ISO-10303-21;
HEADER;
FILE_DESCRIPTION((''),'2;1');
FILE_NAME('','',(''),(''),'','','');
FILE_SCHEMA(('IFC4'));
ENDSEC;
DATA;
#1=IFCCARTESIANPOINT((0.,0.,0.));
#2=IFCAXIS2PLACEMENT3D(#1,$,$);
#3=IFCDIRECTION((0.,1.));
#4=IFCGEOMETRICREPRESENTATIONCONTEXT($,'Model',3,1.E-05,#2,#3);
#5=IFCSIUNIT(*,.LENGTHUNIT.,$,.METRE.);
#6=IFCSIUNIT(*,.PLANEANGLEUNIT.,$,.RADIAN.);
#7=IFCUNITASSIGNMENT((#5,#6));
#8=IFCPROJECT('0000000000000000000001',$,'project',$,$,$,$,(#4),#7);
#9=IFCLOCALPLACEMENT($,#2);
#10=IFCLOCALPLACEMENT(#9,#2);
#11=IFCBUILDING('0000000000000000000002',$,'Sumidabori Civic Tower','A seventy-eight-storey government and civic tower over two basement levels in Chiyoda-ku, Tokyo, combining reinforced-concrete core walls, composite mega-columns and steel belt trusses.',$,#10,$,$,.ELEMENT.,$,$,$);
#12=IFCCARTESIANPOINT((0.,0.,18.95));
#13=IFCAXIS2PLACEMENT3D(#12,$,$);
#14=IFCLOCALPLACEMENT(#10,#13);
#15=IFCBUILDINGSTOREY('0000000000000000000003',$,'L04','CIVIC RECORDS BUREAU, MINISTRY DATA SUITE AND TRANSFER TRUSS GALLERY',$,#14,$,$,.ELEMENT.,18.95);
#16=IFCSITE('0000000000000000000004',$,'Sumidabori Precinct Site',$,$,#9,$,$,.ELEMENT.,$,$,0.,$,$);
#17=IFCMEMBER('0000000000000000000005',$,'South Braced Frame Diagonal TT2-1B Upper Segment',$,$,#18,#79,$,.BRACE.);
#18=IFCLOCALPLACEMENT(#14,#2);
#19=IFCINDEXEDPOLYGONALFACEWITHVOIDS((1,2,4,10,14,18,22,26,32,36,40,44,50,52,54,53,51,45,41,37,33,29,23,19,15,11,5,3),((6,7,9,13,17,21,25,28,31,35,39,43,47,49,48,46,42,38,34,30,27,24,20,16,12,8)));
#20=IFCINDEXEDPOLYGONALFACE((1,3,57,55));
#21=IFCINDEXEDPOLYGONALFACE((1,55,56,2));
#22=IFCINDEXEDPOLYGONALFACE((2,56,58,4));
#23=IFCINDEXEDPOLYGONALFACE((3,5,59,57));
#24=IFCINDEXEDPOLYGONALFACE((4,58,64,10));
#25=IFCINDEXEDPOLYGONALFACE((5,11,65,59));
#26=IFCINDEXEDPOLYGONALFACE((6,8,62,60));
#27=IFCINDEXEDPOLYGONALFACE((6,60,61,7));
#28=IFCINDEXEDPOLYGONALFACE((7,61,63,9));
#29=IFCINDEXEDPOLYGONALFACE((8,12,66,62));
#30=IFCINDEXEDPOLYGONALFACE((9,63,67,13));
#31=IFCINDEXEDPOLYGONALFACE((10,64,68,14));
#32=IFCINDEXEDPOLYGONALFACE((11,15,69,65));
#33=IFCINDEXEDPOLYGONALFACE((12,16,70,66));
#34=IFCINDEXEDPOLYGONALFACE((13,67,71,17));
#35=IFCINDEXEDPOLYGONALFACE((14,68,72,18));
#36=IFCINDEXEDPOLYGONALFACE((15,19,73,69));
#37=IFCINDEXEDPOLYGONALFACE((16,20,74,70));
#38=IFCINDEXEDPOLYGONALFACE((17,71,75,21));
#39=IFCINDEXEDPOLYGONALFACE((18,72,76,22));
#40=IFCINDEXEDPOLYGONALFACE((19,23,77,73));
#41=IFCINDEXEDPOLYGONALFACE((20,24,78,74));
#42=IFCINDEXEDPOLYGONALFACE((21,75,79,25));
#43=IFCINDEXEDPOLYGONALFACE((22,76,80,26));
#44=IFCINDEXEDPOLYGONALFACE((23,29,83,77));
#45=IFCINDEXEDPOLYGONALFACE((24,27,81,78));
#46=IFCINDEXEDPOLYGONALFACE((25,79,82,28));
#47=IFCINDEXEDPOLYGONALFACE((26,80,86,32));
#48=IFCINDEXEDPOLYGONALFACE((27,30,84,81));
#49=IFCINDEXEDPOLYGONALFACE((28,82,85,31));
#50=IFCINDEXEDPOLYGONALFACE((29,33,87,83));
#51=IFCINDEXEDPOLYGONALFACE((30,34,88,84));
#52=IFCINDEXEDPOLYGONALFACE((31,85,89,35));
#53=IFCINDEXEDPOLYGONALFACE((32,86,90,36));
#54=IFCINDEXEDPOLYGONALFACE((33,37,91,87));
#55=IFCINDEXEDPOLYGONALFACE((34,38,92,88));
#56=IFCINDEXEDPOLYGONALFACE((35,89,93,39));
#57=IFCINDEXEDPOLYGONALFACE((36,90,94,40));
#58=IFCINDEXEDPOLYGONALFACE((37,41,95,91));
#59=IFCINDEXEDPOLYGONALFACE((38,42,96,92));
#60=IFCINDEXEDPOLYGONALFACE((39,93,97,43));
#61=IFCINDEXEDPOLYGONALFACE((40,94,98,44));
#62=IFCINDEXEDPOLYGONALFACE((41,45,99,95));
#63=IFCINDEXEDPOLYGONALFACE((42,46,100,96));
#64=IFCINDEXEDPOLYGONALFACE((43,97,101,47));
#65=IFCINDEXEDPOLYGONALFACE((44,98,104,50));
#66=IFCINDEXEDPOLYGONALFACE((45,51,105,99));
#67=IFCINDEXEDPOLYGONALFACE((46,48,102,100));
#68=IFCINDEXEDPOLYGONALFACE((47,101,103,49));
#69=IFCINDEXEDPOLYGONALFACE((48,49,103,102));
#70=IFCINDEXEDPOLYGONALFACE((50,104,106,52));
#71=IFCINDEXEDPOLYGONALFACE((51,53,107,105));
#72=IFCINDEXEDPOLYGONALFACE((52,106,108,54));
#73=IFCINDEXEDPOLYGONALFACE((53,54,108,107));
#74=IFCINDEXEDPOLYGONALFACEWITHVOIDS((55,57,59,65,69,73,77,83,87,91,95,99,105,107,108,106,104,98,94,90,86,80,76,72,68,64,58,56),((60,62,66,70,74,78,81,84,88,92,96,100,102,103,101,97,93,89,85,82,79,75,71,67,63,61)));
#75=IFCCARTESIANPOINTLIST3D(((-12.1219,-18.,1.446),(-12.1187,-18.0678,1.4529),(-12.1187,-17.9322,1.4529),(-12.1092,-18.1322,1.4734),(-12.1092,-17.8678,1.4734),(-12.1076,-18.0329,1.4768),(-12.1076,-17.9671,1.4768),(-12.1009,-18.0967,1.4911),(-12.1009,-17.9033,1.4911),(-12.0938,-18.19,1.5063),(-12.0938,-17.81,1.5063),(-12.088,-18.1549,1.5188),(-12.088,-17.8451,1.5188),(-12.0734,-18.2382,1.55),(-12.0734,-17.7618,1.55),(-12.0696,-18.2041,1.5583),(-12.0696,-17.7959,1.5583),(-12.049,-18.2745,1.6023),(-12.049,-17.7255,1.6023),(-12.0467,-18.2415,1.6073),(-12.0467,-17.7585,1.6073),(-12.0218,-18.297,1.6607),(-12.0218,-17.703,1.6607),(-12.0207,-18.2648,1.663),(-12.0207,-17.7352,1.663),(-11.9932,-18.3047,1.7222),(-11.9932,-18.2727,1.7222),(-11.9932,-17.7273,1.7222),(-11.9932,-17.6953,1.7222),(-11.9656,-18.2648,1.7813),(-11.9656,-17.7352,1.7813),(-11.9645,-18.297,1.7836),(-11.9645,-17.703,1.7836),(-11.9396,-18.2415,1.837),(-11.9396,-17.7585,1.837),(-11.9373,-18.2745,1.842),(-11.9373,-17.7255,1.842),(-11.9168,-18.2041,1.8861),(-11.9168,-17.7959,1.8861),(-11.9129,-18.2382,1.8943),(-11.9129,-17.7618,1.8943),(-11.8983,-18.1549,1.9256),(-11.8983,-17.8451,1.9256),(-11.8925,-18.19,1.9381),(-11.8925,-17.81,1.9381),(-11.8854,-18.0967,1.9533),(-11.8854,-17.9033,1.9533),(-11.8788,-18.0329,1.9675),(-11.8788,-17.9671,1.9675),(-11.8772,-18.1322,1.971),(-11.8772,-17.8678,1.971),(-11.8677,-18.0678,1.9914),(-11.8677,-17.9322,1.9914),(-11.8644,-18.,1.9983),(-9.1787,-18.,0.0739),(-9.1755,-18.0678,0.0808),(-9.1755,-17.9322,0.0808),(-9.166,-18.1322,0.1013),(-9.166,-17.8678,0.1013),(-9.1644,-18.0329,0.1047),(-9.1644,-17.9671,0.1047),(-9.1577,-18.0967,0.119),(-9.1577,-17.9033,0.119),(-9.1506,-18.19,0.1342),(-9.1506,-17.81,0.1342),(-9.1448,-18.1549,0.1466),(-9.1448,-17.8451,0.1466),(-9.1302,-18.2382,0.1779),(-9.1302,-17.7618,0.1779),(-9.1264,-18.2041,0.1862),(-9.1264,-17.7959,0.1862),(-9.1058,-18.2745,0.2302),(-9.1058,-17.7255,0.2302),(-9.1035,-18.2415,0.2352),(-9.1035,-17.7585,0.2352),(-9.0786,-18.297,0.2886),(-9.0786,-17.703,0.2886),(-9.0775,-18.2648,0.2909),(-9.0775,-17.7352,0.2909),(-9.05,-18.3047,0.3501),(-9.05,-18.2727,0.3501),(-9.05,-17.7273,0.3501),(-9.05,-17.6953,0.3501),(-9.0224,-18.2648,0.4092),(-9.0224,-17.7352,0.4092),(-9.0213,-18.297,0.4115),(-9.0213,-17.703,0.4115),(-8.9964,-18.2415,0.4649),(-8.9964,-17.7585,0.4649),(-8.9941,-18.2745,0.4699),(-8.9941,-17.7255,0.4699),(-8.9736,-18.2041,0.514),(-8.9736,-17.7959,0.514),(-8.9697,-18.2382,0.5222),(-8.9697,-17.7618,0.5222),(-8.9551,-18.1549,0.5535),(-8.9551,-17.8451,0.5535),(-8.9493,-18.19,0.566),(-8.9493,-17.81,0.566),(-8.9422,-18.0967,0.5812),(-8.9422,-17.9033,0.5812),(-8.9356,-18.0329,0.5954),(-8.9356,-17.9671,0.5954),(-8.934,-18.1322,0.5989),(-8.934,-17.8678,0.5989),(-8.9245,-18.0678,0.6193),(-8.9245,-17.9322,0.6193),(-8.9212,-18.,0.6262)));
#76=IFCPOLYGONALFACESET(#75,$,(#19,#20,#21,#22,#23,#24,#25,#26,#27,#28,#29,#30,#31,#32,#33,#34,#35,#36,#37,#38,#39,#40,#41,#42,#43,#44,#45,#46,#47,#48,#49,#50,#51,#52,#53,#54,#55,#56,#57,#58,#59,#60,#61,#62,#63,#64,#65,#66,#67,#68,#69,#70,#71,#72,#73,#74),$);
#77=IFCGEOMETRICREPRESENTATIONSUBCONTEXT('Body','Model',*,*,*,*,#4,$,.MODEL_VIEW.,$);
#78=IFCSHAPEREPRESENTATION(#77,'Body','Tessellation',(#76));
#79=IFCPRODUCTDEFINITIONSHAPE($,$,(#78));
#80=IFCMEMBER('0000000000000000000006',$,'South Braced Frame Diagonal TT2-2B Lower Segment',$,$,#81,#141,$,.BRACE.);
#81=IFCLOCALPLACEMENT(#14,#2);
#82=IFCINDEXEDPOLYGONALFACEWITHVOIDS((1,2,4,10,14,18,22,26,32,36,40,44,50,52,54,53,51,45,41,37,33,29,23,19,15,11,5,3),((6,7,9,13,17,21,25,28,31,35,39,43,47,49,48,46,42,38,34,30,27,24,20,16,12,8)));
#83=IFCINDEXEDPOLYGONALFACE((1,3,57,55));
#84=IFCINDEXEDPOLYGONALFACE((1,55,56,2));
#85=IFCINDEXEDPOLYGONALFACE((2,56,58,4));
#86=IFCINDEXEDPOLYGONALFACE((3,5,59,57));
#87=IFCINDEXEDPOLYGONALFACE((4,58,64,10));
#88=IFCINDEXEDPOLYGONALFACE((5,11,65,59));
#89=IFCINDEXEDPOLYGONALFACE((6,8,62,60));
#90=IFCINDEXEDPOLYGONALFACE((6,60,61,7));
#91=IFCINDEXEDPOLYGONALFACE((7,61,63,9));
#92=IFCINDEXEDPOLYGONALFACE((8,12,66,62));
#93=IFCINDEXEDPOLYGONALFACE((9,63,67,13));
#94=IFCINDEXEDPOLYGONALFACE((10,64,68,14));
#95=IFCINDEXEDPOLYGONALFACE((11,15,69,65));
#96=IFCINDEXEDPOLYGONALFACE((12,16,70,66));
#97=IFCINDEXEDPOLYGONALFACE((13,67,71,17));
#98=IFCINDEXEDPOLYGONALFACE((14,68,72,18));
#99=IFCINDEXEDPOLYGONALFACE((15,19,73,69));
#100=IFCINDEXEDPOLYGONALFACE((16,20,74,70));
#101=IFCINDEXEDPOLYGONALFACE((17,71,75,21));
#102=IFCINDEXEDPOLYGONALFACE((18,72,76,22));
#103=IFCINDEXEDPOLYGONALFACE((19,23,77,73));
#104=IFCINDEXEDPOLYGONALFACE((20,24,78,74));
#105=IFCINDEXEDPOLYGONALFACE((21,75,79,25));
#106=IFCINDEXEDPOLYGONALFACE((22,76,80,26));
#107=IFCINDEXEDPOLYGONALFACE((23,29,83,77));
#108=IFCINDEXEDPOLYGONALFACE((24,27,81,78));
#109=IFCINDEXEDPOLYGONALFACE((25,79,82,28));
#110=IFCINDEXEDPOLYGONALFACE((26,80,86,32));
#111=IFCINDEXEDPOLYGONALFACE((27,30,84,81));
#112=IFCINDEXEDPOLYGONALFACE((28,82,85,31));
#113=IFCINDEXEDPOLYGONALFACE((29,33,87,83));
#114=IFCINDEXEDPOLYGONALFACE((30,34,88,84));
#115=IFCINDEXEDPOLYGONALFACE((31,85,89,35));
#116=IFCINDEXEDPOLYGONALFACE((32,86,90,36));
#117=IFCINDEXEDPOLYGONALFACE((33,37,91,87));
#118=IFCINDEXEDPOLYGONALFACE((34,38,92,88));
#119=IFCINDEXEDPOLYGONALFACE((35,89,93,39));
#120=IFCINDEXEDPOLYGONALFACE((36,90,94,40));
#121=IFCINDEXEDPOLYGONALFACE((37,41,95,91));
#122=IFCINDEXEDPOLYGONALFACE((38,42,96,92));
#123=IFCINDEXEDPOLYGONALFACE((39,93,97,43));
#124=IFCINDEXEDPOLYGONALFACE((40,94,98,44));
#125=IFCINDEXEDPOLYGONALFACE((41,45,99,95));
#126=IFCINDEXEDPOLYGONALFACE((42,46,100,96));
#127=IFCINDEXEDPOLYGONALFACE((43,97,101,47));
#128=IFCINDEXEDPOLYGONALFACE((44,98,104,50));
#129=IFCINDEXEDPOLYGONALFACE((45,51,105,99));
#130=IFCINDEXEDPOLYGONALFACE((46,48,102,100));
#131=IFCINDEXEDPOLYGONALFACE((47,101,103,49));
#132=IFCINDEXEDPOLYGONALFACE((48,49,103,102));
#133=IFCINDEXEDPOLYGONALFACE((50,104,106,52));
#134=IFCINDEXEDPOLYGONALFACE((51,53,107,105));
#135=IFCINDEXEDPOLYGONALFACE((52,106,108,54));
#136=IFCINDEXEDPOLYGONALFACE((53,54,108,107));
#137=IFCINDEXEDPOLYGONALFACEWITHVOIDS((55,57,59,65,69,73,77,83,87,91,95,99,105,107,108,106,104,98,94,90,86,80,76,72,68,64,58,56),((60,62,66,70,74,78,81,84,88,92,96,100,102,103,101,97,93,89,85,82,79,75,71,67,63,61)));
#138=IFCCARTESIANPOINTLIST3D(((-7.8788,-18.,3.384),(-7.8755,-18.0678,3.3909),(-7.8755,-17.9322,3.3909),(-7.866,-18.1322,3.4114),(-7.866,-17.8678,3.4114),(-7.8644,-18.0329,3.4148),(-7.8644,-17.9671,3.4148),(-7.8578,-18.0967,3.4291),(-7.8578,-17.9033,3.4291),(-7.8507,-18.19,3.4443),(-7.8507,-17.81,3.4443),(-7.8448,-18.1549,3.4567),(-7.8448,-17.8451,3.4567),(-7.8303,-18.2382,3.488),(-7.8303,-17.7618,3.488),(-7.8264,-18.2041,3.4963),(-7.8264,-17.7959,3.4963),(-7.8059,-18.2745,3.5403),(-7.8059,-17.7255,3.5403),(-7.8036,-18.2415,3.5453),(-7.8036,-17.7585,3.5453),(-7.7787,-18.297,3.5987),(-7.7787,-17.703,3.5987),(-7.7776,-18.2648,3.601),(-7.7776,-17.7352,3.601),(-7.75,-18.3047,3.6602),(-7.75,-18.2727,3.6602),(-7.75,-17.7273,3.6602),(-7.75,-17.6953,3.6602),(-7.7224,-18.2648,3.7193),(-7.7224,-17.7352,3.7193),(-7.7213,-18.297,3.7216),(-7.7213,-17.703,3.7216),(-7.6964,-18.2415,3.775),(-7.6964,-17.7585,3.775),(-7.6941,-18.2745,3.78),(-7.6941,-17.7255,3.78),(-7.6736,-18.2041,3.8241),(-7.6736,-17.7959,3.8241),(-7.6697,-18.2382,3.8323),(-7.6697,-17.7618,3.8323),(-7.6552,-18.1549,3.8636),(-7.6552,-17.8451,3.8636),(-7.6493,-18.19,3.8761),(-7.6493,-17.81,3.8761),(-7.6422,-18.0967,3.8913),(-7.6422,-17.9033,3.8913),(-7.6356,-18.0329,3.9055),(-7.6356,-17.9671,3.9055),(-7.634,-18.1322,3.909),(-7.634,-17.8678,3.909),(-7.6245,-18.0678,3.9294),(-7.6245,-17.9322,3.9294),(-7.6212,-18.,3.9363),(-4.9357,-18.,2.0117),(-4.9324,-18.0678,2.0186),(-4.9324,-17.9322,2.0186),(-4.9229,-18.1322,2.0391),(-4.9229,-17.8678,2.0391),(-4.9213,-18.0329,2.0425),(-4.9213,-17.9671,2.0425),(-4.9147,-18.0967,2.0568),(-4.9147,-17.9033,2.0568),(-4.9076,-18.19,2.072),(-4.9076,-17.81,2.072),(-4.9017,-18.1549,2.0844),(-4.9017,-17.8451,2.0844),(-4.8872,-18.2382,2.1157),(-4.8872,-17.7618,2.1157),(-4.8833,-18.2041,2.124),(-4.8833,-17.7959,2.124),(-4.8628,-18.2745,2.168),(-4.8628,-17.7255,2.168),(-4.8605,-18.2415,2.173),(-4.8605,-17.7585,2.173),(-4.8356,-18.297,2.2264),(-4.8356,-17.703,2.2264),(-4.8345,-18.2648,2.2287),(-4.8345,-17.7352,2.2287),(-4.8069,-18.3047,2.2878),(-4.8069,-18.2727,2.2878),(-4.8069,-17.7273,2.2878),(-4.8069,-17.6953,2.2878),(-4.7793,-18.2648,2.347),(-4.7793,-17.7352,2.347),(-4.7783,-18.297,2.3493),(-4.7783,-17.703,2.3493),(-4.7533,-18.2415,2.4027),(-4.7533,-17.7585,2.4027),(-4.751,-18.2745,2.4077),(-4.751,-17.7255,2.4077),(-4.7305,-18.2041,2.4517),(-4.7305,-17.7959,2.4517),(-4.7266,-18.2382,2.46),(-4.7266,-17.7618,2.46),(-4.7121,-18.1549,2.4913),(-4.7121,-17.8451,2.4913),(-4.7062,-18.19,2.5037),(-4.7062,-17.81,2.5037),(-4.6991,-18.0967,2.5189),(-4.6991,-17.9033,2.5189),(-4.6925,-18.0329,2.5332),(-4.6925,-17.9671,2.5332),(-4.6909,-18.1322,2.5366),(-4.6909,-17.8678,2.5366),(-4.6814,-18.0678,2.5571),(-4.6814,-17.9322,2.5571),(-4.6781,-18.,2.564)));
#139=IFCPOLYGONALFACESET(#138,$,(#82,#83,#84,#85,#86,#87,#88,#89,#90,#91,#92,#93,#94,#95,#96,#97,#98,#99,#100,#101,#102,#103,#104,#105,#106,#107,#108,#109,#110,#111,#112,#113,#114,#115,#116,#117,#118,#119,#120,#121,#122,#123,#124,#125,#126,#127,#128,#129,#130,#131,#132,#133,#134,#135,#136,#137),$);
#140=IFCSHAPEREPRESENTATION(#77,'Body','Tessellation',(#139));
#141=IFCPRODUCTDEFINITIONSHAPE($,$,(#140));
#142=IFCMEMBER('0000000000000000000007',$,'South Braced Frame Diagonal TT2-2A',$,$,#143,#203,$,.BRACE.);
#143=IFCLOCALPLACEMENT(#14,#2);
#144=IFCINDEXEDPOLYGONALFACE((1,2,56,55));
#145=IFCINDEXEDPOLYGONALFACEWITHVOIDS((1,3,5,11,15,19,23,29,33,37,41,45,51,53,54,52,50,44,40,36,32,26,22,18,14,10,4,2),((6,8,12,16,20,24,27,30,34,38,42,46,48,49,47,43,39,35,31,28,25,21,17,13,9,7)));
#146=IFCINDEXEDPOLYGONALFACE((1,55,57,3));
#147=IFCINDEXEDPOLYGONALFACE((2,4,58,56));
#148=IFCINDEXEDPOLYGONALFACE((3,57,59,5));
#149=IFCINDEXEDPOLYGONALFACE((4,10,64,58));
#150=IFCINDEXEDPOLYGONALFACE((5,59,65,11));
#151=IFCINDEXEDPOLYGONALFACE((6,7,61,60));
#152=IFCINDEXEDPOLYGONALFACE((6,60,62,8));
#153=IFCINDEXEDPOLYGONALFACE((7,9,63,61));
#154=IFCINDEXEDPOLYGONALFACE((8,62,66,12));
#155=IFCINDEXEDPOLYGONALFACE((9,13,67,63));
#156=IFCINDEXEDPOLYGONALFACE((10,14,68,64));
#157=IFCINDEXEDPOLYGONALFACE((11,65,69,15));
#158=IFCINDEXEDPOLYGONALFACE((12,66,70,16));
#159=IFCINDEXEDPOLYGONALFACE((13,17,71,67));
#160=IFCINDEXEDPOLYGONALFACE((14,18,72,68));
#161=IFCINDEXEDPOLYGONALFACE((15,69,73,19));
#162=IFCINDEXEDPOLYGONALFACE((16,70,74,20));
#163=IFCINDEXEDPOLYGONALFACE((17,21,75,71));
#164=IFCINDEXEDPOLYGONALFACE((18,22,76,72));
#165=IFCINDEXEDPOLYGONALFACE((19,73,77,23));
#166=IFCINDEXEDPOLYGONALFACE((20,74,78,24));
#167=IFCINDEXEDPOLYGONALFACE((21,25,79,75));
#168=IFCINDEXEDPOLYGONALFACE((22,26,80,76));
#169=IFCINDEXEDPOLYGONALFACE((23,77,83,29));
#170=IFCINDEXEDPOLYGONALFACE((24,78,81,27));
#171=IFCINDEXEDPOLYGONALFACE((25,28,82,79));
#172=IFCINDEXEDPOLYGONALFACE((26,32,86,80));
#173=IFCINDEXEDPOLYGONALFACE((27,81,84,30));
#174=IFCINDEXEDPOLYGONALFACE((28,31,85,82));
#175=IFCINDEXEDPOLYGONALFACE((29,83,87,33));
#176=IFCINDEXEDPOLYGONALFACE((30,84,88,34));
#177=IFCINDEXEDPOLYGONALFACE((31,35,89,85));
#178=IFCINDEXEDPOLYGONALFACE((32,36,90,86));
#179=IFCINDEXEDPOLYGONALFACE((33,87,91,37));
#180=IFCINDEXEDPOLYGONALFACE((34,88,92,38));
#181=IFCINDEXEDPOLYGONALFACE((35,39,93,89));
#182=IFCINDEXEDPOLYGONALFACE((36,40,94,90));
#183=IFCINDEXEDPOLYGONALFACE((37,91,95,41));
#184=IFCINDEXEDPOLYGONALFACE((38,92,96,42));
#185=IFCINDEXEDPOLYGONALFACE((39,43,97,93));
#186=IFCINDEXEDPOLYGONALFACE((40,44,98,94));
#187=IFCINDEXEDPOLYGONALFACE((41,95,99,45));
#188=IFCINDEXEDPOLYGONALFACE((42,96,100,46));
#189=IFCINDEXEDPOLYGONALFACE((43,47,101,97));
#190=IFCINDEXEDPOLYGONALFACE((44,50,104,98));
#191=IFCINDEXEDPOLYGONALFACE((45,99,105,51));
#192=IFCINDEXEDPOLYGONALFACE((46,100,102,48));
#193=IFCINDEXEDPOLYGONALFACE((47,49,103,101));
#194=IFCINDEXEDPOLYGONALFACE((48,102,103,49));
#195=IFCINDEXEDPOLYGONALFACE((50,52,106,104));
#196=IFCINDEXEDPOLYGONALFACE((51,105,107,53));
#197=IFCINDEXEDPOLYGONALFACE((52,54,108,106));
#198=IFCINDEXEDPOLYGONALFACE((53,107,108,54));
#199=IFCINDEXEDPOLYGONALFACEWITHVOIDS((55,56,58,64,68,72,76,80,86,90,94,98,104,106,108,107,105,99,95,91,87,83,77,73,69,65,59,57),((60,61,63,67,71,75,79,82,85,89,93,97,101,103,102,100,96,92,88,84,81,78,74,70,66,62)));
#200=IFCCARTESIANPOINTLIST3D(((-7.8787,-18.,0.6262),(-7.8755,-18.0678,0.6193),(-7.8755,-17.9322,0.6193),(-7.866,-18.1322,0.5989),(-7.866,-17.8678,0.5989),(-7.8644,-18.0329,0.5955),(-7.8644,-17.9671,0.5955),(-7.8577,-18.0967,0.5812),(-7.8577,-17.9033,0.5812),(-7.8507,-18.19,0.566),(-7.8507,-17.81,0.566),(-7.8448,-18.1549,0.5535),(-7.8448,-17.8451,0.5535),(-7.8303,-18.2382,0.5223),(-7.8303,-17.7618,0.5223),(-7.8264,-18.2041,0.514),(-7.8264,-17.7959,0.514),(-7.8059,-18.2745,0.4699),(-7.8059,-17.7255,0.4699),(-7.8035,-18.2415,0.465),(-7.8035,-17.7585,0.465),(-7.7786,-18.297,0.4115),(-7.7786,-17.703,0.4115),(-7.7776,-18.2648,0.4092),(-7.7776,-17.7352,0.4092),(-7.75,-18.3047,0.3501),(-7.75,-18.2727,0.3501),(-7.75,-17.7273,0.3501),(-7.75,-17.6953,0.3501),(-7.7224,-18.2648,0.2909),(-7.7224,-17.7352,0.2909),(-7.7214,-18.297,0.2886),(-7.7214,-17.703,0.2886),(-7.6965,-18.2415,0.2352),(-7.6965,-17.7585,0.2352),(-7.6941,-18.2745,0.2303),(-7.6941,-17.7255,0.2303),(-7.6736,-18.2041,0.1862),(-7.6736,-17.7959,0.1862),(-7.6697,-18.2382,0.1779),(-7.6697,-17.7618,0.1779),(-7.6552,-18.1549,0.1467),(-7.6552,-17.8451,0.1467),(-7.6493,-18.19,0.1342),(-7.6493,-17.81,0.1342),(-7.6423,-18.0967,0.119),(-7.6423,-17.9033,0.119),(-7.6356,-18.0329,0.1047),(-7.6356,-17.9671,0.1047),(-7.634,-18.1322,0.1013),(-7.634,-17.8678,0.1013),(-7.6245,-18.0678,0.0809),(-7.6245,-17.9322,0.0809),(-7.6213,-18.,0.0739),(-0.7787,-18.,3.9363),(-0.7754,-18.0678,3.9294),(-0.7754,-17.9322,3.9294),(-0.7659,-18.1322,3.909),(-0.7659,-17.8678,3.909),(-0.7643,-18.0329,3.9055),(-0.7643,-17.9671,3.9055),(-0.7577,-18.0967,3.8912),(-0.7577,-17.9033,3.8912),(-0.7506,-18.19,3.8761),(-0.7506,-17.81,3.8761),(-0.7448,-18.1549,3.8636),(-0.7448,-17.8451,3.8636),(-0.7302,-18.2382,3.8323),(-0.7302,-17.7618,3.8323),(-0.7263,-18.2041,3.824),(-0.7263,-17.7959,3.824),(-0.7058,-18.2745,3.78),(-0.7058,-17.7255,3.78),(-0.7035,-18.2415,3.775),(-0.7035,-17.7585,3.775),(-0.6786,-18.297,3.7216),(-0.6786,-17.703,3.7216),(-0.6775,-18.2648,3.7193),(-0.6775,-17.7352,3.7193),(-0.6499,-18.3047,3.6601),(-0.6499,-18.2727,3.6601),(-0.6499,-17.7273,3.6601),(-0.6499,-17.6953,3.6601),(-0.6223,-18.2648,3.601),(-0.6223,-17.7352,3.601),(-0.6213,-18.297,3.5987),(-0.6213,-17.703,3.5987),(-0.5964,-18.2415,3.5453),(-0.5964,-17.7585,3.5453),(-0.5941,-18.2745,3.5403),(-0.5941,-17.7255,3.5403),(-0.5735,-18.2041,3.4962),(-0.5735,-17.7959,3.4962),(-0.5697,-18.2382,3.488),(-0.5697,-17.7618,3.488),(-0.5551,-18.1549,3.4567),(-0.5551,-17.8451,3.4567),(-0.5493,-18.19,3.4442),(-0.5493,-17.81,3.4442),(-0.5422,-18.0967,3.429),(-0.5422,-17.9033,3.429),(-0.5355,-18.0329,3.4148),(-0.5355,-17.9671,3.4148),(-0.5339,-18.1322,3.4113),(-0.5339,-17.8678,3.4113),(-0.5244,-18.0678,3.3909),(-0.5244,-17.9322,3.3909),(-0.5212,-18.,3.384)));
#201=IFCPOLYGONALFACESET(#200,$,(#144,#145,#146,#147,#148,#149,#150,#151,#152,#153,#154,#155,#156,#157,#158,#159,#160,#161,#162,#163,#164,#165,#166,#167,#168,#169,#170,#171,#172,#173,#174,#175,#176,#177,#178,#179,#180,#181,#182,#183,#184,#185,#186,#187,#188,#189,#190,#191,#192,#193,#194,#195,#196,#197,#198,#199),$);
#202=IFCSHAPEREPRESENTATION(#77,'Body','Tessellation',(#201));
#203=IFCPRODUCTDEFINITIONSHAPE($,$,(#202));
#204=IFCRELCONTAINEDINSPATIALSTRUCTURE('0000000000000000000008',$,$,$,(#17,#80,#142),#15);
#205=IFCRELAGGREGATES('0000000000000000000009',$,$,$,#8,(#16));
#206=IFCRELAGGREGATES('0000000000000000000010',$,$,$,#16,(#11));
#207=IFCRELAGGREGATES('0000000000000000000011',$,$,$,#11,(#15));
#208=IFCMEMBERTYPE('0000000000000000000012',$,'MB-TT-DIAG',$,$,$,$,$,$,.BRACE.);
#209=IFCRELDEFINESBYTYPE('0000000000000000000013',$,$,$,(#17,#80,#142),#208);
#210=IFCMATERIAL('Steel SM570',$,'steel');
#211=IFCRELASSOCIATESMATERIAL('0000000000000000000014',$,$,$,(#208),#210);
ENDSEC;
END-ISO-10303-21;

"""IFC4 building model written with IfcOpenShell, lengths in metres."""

from ifc_helpers import new_model, si_unit, direction, frame, origin, origin_2d, place, context, subcontext, project, spatial, hollow_circle, extrude, source, transform, mapped, material, material_profile, profile_set, type_object, element, save


model = new_model("IFC4")

# Units and contexts
model_context = context("Model", 3, precision=1e-05, world=origin(), true_north=direction((0.0, 1.0)))
body_context = subcontext(model_context, "Body", "Model", "MODEL_VIEW")
ifc_project = project(units=[si_unit("LENGTHUNIT", "METRE"), si_unit("PLANEANGLEUNIT", "RADIAN")], contexts=[model_context])

# Site, building, storey
site_placement = place(None, origin())
site = spatial("IfcSite", under=ifc_project, at=site_placement, Name="Sumidabori Precinct Site", CompositionType="ELEMENT", RefElevation=0.0)
building_placement = place(site_placement, origin())
building = spatial("IfcBuilding", under=site, at=building_placement, Name="Sumidabori Civic Tower", Description="A seventy-eight-storey government and civic tower over two basement levels in Chiyoda-ku, Tokyo, combining reinforced-concrete core walls, composite mega-columns and steel belt trusses.", CompositionType="ELEMENT")
storey_placement = place(building_placement, frame((0.0, 0.0, 18.95)))
storey = spatial("IfcBuildingStorey", under=building, at=storey_placement, Name="L04", Description="CIVIC RECORDS BUREAU, MINISTRY DATA SUITE AND TRANSFER TRUSS GALLERY", CompositionType="ELEMENT", Elevation=18.95)

# Shared definitions
ifc_material_1 = material(Name="Steel SM570", Category="steel")

# Members
ifc_material_profile_1 = material_profile(ifc_material_1, hollow_circle(Radius=0.3047, WallThickness=0.032, at=origin_2d()), Name="CHS 609.6x32")
ifc_profile_set_1 = profile_set([ifc_material_profile_1], Name="Steel SM570")
member_type = type_object("IfcMemberType", Name="MB-TT-DIAG", PredefinedType="BRACE", material=ifc_profile_set_1)
shared_shape_1 = source(origin(), body_context, "Body", "SweptSolid", [
    extrude(hollow_circle(Radius=0.3047, WallThickness=0.032, at=origin_2d()), origin(), (0.0, 0.0, 1.0), 3.2473),
])
for number, where, z_axis, x_axis, name in (
    (1, (-11.9932, -18.0, 1.7222), (0.906346, 0.0, -0.422536), (0.0, 1.0, 0.0), "South Braced Frame Diagonal TT2-1B Upper Segment"),
    (2, (-7.75, -18.0, 3.6602), (0.906318, 0.0, -0.422597), (0.0, 1.0, 0.0), "South Braced Frame Diagonal TT2-2B Lower Segment"),
):
    element("IfcMember", number, at=place(storey_placement, frame(where, z_axis=z_axis, x_axis=x_axis)), inside=storey, type_object=member_type, Name=name, PredefinedType="BRACE", context=body_context, shape_type="MappedRepresentation", body=[
        mapped(shared_shape_1, transform((0.0, 0.0, 0.0), x_axis=(1.0, 0.0, 0.0), y_axis=(0.0, 1.0, 0.0), z_axis=(0.0, 0.0, 1.0), scale=1.0)),
    ])
shared_shape_2 = source(origin(), body_context, "Body", "SweptSolid", [
    extrude(hollow_circle(Radius=0.3047, WallThickness=0.032, at=origin_2d()), origin(), (0.0, 0.0, 1.0), 7.8337),
])
member_1_placement = place(storey_placement, frame((-7.75, -18.0, 0.3501), z_axis=(0.906345, 0.0, 0.422537), x_axis=(0.0, 1.0, 0.0)))
element("IfcMember", 3, at=member_1_placement, inside=storey, type_object=member_type, Name="South Braced Frame Diagonal TT2-2A", PredefinedType="BRACE", context=body_context, shape_type="MappedRepresentation", body=[
    mapped(shared_shape_2, transform((0.0, 0.0, 0.0), x_axis=(1.0, 0.0, 0.0), y_axis=(0.0, 1.0, 0.0), z_axis=(0.0, 0.0, 1.0), scale=1.0)),
])

save(model, "model.ifc")
